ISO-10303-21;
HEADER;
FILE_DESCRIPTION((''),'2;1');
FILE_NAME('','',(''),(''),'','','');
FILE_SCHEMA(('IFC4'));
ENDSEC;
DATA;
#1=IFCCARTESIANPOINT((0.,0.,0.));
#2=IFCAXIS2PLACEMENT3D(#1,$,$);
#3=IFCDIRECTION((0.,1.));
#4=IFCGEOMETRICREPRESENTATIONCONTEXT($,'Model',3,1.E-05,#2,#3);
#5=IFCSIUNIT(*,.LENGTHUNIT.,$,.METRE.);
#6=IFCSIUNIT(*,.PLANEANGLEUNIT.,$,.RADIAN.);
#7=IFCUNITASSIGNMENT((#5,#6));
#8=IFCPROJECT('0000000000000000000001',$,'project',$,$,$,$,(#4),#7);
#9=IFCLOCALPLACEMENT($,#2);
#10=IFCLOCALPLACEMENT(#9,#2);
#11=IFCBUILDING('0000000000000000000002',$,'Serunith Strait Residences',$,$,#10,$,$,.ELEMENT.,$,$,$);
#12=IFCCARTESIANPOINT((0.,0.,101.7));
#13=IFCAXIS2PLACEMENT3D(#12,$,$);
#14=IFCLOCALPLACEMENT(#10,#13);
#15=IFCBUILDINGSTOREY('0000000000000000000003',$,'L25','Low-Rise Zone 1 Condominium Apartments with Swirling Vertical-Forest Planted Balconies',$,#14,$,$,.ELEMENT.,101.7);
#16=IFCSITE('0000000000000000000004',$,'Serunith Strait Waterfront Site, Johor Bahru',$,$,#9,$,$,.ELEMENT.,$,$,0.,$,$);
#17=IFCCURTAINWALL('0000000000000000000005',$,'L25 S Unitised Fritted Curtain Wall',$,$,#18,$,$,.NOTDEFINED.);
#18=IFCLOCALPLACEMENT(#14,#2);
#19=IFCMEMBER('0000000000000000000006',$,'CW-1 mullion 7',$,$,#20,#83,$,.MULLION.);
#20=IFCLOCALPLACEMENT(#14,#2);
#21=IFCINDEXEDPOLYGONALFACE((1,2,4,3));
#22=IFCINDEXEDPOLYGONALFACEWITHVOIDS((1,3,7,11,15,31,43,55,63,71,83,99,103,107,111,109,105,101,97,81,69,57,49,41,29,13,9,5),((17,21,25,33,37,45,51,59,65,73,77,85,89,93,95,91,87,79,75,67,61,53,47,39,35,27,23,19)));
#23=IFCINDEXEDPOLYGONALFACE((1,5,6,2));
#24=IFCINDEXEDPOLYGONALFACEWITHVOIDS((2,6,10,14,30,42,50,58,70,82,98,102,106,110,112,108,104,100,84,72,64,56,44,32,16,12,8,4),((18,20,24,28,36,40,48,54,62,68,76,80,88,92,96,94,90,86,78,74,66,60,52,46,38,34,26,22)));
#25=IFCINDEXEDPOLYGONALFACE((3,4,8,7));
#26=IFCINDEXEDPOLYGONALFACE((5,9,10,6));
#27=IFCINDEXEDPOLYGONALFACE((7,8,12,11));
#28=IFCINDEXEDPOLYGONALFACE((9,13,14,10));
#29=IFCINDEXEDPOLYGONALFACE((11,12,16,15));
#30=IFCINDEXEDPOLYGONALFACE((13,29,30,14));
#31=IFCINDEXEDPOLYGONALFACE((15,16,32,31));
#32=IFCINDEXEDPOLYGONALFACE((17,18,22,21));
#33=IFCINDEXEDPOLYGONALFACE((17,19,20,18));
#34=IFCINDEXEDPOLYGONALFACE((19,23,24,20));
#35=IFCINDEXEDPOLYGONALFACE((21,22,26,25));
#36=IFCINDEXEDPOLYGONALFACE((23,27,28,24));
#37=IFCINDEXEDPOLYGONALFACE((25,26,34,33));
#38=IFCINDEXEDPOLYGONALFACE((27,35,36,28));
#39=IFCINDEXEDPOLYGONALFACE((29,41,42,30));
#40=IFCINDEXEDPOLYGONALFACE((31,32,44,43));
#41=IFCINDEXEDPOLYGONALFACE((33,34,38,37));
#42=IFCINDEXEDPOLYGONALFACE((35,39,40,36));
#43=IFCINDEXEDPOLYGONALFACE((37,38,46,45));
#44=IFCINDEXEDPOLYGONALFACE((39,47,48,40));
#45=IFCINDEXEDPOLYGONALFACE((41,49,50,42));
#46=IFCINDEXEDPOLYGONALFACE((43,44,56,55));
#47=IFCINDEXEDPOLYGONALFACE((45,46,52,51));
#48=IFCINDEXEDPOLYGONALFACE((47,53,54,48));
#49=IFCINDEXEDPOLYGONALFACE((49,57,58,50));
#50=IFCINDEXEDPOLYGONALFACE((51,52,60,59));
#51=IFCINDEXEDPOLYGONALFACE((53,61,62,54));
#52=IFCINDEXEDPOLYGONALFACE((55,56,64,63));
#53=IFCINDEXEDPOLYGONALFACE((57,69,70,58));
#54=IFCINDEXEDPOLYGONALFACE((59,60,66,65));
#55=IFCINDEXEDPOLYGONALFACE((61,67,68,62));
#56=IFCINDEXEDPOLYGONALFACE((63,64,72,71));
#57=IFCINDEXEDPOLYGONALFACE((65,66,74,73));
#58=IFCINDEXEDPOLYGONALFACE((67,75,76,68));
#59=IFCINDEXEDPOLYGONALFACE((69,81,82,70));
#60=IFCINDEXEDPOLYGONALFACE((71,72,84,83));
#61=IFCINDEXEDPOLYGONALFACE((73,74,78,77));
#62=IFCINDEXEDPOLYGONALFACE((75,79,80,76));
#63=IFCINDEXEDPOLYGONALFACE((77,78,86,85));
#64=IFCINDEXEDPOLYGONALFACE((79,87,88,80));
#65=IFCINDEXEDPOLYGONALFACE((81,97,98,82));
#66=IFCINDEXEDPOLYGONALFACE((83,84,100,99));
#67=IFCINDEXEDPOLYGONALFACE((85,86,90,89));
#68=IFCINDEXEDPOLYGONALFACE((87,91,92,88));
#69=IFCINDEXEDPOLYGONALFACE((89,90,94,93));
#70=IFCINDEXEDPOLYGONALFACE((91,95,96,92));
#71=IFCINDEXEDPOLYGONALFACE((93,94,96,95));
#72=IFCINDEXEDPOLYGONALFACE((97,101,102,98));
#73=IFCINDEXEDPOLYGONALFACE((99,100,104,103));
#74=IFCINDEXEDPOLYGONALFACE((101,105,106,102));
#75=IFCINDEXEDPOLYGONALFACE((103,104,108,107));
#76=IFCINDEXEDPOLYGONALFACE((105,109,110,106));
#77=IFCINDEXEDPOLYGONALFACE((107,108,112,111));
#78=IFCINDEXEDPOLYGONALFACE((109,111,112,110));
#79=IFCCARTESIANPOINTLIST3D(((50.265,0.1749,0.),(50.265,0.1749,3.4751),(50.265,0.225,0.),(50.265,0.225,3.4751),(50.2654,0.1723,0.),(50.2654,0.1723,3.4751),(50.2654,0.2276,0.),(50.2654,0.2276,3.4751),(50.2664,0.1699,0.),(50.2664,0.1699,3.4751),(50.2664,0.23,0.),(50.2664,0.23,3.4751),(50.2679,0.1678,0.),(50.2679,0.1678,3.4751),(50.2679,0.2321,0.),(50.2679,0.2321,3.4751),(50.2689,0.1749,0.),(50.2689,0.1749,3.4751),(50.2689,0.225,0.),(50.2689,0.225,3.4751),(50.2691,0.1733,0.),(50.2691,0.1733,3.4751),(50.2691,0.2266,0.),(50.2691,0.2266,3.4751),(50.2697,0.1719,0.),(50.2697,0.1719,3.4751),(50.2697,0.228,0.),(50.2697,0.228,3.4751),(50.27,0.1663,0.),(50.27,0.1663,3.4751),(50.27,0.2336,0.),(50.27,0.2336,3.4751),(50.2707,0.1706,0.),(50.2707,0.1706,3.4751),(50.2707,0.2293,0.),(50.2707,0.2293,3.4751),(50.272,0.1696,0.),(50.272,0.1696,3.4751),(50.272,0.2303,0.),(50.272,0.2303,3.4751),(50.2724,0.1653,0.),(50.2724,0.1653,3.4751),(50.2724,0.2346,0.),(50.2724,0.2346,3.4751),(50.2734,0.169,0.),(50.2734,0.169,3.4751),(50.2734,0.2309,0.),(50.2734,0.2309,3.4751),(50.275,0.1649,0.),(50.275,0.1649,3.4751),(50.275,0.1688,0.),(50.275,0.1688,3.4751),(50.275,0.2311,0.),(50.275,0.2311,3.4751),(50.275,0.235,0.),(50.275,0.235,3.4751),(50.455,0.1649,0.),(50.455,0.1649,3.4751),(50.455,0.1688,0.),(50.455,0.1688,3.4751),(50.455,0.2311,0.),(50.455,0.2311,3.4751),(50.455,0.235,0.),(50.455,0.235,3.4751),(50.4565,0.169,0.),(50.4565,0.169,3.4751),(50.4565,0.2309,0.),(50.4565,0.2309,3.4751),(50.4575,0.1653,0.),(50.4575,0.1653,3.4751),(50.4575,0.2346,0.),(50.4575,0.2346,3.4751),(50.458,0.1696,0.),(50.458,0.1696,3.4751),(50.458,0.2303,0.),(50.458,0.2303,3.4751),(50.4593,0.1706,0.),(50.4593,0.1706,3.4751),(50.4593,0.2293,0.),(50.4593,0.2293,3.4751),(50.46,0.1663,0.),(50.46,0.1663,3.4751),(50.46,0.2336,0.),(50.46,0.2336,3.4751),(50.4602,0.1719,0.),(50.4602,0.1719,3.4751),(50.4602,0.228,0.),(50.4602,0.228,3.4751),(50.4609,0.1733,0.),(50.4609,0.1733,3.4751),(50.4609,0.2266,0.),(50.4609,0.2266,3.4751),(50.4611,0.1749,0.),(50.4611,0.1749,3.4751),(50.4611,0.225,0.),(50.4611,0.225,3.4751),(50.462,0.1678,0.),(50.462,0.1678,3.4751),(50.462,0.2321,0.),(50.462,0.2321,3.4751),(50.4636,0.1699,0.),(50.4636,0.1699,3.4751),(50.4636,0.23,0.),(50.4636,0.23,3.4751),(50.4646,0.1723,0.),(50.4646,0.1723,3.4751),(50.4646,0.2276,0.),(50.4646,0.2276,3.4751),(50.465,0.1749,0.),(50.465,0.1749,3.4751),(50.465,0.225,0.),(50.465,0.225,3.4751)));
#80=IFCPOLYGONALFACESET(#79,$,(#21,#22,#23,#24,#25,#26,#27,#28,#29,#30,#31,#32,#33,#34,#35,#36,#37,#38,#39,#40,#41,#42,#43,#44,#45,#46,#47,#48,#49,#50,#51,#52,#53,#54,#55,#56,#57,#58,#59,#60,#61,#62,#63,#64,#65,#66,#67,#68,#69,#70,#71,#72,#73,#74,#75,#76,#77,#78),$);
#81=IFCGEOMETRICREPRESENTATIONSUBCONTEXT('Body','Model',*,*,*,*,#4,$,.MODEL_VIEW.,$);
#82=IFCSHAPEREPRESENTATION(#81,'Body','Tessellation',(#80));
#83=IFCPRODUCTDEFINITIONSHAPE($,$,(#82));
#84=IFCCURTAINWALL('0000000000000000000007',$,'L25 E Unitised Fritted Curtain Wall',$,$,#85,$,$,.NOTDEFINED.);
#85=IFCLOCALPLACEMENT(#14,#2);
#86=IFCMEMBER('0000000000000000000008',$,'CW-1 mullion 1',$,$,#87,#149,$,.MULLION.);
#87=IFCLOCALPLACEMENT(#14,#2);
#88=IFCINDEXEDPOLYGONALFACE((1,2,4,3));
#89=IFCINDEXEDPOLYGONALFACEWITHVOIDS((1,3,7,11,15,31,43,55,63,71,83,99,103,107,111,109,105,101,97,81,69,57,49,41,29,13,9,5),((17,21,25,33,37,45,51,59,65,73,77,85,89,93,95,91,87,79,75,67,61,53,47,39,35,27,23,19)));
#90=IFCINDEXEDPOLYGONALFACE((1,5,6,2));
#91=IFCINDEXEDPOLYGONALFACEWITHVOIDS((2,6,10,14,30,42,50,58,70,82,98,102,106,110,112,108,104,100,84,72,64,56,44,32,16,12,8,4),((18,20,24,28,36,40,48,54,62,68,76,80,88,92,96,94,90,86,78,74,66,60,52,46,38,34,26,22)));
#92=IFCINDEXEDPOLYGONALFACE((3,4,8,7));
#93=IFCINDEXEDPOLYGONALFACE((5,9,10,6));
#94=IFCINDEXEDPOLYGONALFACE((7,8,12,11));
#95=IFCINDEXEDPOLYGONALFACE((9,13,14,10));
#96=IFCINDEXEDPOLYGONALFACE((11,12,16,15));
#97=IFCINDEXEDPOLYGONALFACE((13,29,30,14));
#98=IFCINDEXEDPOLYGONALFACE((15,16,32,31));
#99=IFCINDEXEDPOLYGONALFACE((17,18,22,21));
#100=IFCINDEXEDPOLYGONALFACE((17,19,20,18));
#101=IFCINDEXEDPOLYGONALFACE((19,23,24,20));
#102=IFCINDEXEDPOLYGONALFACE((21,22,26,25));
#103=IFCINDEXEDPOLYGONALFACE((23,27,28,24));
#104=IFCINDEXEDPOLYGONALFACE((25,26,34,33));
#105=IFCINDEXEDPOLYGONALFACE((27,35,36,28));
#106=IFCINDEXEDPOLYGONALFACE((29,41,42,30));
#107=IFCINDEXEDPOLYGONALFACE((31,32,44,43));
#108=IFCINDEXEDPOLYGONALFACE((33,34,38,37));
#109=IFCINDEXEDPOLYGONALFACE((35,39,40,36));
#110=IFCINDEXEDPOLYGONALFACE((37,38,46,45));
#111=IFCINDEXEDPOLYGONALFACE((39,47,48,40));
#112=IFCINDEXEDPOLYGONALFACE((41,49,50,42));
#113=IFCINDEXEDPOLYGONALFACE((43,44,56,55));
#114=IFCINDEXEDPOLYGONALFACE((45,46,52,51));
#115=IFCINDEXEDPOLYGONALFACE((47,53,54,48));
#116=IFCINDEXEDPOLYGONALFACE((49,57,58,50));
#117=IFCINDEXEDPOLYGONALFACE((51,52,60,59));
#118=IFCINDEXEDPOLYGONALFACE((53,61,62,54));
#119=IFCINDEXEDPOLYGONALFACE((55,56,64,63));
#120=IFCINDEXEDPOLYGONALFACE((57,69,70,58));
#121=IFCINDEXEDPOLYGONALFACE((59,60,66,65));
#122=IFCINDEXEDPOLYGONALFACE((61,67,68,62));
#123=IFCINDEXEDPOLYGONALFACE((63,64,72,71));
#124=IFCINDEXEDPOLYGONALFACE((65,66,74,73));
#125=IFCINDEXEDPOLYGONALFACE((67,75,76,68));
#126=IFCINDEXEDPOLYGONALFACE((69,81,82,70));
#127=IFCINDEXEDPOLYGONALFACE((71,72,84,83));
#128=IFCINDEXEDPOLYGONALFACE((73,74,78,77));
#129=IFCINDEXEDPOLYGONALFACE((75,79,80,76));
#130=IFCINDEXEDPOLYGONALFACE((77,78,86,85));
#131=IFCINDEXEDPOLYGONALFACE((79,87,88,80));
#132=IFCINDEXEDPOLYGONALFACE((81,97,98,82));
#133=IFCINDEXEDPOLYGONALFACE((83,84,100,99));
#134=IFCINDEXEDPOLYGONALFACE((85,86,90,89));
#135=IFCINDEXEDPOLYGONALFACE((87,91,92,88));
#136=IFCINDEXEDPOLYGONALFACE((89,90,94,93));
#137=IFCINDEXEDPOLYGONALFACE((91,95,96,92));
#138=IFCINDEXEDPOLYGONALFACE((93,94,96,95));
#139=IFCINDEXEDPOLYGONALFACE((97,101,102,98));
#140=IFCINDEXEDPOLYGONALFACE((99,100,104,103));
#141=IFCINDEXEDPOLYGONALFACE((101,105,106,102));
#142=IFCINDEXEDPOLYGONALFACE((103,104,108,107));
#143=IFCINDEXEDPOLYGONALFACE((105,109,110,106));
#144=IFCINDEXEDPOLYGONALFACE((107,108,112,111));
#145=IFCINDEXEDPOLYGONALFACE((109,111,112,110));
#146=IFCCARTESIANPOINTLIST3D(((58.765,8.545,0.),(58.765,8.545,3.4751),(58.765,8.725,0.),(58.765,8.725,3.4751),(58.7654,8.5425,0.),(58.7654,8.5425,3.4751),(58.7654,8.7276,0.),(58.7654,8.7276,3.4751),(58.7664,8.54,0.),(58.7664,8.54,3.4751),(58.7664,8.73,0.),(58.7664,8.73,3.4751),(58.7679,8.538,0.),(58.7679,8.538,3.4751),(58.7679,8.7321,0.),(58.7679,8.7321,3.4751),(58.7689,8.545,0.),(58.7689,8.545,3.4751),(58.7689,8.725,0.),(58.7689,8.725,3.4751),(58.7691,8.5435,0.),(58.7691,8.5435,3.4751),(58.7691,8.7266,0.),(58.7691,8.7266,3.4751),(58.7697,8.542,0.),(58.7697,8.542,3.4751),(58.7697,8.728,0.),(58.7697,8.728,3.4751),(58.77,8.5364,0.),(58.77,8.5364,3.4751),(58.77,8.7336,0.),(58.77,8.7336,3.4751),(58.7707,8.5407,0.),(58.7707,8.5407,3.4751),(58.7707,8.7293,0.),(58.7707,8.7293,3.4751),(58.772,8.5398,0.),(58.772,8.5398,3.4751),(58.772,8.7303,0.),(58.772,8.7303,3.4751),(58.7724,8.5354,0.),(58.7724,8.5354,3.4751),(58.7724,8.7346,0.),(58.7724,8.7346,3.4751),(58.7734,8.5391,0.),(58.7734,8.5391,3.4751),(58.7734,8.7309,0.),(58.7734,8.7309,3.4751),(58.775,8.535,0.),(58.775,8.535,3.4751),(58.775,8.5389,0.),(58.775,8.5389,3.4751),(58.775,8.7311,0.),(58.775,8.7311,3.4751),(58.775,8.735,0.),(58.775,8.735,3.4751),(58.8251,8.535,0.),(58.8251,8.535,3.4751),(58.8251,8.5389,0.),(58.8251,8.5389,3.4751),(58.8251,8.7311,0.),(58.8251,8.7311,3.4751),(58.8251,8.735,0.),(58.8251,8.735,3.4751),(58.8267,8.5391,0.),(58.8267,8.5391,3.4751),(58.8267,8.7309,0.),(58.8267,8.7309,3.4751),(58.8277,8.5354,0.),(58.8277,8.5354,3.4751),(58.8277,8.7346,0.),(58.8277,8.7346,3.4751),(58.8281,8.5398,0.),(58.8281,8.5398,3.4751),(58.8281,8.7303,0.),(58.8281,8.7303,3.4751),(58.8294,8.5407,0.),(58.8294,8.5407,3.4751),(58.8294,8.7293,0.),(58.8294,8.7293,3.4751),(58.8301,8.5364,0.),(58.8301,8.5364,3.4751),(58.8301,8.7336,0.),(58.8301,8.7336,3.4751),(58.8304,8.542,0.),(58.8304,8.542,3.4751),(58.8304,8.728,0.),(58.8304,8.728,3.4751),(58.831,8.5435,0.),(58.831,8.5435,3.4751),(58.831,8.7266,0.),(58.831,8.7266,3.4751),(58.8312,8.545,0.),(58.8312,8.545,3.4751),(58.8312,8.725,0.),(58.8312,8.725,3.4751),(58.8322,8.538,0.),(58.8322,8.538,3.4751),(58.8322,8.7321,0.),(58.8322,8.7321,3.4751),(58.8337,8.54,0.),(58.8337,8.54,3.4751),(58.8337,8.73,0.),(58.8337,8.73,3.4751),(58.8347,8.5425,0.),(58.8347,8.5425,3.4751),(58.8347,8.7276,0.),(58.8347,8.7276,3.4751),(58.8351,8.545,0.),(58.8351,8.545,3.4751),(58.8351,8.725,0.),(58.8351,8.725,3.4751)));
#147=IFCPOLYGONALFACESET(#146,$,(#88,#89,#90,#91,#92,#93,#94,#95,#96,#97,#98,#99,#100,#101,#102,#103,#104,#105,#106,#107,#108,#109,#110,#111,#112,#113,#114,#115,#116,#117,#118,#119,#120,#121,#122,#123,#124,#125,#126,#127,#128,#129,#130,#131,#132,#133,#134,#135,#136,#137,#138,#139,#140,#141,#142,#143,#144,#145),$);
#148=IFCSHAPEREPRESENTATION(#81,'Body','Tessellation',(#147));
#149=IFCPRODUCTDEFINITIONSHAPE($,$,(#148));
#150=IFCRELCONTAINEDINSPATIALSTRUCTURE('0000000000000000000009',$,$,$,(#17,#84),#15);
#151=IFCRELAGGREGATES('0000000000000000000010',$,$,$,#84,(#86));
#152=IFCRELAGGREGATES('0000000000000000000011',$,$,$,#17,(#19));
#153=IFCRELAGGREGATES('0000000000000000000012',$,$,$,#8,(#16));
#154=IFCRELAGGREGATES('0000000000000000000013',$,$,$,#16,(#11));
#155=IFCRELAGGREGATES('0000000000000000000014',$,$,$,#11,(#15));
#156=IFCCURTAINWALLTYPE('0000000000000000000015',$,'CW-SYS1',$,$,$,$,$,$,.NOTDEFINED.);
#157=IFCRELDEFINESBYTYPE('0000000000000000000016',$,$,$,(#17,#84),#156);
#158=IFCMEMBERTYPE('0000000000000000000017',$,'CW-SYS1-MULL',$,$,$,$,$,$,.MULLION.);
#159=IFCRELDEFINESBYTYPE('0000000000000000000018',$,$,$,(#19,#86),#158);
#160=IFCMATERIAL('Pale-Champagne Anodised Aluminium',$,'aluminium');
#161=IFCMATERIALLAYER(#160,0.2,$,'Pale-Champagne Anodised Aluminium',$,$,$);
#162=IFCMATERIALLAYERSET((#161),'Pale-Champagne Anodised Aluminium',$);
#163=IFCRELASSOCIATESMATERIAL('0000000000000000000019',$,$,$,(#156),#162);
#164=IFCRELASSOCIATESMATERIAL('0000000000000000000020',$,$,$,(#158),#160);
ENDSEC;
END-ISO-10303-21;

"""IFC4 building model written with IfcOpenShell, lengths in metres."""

from ifc_helpers import new_model, si_unit, direction, frame, origin, origin_2d, place, context, subcontext, project, spatial, hollow_rectangle, extrude, source, transform, mapped, material, layer, layer_set, material_profile, profile_set, type_object, element, aggregate, save


model = new_model("IFC4")

# Units and contexts
model_context = context("Model", 3, precision=1e-05, world=origin(), true_north=direction((0.0, 1.0)))
body_context = subcontext(model_context, "Body", "Model", "MODEL_VIEW")
ifc_project = project(units=[si_unit("LENGTHUNIT", "METRE"), si_unit("PLANEANGLEUNIT", "RADIAN")], contexts=[model_context])

# Site, building, storey
site_placement = place(None, origin())
site = spatial("IfcSite", under=ifc_project, at=site_placement, Name="Serunith Strait Waterfront Site, Johor Bahru", CompositionType="ELEMENT", RefElevation=0.0)
building_placement = place(site_placement, origin())
building = spatial("IfcBuilding", under=site, at=building_placement, Name="Serunith Strait Residences", CompositionType="ELEMENT")
storey_placement = place(building_placement, frame((0.0, 0.0, 101.7)))
storey = spatial("IfcBuildingStorey", under=building, at=storey_placement, Name="L25", Description="Low-Rise Zone 1 Condominium Apartments with Swirling Vertical-Forest Planted Balconies", CompositionType="ELEMENT", Elevation=101.7)

# Curtain wall, member
ifc_material_1 = material(Name="Pale-Champagne Anodised Aluminium", Category="aluminium")
ifc_layer_1 = layer(ifc_material_1, 0.2, Name="Pale-Champagne Anodised Aluminium")
ifc_layer_set_1 = layer_set([ifc_layer_1], Name="Pale-Champagne Anodised Aluminium")
curtain_wall_type = type_object("IfcCurtainWallType", Name="CW-SYS1", PredefinedType="NOTDEFINED", material=ifc_layer_set_1)
curtain_wall_1_placement = place(storey_placement, origin())
curtain_wall_1 = element("IfcCurtainWall", 1, at=curtain_wall_1_placement, inside=storey, type_object=curtain_wall_type, Name="L25 S Unitised Fritted Curtain Wall", PredefinedType="NOTDEFINED")
ifc_material_profile_1 = material_profile(ifc_material_1, hollow_rectangle(XDim=0.0701, YDim=0.2, WallThickness=0.0039, InnerFilletRadius=0.0061, OuterFilletRadius=0.01, at=origin_2d()), Name="ALU 200x70x4")
ifc_profile_set_1 = profile_set([ifc_material_profile_1], Name="Pale-Champagne Anodised Aluminium")
member_type_1 = type_object("IfcMemberType", Name="CW-SYS1-MULL", PredefinedType="MULLION", material=ifc_profile_set_1)
shared_shape_1 = source(origin(), body_context, "Body", "SweptSolid", [
    extrude(hollow_rectangle(XDim=0.0701, YDim=0.2, WallThickness=0.0039, InnerFilletRadius=0.0061, OuterFilletRadius=0.01, at=origin_2d()), origin(), (0.0, 0.0, 1.0), 3.4751),
])
member_1_placement = place(storey_placement, frame((50.365, 0.2, 0.0), z_axis=(0.0, 0.0, 1.0), x_axis=(0.0, 1.0, 0.0)))
member_1 = element("IfcMember", 2, at=member_1_placement, type_object=member_type_1, Name="CW-1 mullion 7", PredefinedType="MULLION", context=body_context, shape_type="MappedRepresentation", body=[
    mapped(shared_shape_1, transform((0.0, 0.0, 0.0), scale=1.0)),
])

# Curtain wall, member
curtain_wall_2_placement = place(storey_placement, origin())
curtain_wall_2 = element("IfcCurtainWall", 3, at=curtain_wall_2_placement, inside=storey, type_object=curtain_wall_type, Name="L25 E Unitised Fritted Curtain Wall", PredefinedType="NOTDEFINED")
member_2_placement = place(storey_placement, frame((58.8, 8.635, 0.0), z_axis=(0.0, 0.0, 1.0), x_axis=(-1.0, 0.0, 0.0)))
member_2 = element("IfcMember", 4, at=member_2_placement, type_object=member_type_1, Name="CW-1 mullion 1", PredefinedType="MULLION", context=body_context, shape_type="MappedRepresentation", body=[
    mapped(shared_shape_1, transform((0.0, 0.0, 0.0), scale=1.0)),
])

aggregate(curtain_wall_2, [member_2])

aggregate(curtain_wall_1, [member_1])

save(model, "model.ifc")
